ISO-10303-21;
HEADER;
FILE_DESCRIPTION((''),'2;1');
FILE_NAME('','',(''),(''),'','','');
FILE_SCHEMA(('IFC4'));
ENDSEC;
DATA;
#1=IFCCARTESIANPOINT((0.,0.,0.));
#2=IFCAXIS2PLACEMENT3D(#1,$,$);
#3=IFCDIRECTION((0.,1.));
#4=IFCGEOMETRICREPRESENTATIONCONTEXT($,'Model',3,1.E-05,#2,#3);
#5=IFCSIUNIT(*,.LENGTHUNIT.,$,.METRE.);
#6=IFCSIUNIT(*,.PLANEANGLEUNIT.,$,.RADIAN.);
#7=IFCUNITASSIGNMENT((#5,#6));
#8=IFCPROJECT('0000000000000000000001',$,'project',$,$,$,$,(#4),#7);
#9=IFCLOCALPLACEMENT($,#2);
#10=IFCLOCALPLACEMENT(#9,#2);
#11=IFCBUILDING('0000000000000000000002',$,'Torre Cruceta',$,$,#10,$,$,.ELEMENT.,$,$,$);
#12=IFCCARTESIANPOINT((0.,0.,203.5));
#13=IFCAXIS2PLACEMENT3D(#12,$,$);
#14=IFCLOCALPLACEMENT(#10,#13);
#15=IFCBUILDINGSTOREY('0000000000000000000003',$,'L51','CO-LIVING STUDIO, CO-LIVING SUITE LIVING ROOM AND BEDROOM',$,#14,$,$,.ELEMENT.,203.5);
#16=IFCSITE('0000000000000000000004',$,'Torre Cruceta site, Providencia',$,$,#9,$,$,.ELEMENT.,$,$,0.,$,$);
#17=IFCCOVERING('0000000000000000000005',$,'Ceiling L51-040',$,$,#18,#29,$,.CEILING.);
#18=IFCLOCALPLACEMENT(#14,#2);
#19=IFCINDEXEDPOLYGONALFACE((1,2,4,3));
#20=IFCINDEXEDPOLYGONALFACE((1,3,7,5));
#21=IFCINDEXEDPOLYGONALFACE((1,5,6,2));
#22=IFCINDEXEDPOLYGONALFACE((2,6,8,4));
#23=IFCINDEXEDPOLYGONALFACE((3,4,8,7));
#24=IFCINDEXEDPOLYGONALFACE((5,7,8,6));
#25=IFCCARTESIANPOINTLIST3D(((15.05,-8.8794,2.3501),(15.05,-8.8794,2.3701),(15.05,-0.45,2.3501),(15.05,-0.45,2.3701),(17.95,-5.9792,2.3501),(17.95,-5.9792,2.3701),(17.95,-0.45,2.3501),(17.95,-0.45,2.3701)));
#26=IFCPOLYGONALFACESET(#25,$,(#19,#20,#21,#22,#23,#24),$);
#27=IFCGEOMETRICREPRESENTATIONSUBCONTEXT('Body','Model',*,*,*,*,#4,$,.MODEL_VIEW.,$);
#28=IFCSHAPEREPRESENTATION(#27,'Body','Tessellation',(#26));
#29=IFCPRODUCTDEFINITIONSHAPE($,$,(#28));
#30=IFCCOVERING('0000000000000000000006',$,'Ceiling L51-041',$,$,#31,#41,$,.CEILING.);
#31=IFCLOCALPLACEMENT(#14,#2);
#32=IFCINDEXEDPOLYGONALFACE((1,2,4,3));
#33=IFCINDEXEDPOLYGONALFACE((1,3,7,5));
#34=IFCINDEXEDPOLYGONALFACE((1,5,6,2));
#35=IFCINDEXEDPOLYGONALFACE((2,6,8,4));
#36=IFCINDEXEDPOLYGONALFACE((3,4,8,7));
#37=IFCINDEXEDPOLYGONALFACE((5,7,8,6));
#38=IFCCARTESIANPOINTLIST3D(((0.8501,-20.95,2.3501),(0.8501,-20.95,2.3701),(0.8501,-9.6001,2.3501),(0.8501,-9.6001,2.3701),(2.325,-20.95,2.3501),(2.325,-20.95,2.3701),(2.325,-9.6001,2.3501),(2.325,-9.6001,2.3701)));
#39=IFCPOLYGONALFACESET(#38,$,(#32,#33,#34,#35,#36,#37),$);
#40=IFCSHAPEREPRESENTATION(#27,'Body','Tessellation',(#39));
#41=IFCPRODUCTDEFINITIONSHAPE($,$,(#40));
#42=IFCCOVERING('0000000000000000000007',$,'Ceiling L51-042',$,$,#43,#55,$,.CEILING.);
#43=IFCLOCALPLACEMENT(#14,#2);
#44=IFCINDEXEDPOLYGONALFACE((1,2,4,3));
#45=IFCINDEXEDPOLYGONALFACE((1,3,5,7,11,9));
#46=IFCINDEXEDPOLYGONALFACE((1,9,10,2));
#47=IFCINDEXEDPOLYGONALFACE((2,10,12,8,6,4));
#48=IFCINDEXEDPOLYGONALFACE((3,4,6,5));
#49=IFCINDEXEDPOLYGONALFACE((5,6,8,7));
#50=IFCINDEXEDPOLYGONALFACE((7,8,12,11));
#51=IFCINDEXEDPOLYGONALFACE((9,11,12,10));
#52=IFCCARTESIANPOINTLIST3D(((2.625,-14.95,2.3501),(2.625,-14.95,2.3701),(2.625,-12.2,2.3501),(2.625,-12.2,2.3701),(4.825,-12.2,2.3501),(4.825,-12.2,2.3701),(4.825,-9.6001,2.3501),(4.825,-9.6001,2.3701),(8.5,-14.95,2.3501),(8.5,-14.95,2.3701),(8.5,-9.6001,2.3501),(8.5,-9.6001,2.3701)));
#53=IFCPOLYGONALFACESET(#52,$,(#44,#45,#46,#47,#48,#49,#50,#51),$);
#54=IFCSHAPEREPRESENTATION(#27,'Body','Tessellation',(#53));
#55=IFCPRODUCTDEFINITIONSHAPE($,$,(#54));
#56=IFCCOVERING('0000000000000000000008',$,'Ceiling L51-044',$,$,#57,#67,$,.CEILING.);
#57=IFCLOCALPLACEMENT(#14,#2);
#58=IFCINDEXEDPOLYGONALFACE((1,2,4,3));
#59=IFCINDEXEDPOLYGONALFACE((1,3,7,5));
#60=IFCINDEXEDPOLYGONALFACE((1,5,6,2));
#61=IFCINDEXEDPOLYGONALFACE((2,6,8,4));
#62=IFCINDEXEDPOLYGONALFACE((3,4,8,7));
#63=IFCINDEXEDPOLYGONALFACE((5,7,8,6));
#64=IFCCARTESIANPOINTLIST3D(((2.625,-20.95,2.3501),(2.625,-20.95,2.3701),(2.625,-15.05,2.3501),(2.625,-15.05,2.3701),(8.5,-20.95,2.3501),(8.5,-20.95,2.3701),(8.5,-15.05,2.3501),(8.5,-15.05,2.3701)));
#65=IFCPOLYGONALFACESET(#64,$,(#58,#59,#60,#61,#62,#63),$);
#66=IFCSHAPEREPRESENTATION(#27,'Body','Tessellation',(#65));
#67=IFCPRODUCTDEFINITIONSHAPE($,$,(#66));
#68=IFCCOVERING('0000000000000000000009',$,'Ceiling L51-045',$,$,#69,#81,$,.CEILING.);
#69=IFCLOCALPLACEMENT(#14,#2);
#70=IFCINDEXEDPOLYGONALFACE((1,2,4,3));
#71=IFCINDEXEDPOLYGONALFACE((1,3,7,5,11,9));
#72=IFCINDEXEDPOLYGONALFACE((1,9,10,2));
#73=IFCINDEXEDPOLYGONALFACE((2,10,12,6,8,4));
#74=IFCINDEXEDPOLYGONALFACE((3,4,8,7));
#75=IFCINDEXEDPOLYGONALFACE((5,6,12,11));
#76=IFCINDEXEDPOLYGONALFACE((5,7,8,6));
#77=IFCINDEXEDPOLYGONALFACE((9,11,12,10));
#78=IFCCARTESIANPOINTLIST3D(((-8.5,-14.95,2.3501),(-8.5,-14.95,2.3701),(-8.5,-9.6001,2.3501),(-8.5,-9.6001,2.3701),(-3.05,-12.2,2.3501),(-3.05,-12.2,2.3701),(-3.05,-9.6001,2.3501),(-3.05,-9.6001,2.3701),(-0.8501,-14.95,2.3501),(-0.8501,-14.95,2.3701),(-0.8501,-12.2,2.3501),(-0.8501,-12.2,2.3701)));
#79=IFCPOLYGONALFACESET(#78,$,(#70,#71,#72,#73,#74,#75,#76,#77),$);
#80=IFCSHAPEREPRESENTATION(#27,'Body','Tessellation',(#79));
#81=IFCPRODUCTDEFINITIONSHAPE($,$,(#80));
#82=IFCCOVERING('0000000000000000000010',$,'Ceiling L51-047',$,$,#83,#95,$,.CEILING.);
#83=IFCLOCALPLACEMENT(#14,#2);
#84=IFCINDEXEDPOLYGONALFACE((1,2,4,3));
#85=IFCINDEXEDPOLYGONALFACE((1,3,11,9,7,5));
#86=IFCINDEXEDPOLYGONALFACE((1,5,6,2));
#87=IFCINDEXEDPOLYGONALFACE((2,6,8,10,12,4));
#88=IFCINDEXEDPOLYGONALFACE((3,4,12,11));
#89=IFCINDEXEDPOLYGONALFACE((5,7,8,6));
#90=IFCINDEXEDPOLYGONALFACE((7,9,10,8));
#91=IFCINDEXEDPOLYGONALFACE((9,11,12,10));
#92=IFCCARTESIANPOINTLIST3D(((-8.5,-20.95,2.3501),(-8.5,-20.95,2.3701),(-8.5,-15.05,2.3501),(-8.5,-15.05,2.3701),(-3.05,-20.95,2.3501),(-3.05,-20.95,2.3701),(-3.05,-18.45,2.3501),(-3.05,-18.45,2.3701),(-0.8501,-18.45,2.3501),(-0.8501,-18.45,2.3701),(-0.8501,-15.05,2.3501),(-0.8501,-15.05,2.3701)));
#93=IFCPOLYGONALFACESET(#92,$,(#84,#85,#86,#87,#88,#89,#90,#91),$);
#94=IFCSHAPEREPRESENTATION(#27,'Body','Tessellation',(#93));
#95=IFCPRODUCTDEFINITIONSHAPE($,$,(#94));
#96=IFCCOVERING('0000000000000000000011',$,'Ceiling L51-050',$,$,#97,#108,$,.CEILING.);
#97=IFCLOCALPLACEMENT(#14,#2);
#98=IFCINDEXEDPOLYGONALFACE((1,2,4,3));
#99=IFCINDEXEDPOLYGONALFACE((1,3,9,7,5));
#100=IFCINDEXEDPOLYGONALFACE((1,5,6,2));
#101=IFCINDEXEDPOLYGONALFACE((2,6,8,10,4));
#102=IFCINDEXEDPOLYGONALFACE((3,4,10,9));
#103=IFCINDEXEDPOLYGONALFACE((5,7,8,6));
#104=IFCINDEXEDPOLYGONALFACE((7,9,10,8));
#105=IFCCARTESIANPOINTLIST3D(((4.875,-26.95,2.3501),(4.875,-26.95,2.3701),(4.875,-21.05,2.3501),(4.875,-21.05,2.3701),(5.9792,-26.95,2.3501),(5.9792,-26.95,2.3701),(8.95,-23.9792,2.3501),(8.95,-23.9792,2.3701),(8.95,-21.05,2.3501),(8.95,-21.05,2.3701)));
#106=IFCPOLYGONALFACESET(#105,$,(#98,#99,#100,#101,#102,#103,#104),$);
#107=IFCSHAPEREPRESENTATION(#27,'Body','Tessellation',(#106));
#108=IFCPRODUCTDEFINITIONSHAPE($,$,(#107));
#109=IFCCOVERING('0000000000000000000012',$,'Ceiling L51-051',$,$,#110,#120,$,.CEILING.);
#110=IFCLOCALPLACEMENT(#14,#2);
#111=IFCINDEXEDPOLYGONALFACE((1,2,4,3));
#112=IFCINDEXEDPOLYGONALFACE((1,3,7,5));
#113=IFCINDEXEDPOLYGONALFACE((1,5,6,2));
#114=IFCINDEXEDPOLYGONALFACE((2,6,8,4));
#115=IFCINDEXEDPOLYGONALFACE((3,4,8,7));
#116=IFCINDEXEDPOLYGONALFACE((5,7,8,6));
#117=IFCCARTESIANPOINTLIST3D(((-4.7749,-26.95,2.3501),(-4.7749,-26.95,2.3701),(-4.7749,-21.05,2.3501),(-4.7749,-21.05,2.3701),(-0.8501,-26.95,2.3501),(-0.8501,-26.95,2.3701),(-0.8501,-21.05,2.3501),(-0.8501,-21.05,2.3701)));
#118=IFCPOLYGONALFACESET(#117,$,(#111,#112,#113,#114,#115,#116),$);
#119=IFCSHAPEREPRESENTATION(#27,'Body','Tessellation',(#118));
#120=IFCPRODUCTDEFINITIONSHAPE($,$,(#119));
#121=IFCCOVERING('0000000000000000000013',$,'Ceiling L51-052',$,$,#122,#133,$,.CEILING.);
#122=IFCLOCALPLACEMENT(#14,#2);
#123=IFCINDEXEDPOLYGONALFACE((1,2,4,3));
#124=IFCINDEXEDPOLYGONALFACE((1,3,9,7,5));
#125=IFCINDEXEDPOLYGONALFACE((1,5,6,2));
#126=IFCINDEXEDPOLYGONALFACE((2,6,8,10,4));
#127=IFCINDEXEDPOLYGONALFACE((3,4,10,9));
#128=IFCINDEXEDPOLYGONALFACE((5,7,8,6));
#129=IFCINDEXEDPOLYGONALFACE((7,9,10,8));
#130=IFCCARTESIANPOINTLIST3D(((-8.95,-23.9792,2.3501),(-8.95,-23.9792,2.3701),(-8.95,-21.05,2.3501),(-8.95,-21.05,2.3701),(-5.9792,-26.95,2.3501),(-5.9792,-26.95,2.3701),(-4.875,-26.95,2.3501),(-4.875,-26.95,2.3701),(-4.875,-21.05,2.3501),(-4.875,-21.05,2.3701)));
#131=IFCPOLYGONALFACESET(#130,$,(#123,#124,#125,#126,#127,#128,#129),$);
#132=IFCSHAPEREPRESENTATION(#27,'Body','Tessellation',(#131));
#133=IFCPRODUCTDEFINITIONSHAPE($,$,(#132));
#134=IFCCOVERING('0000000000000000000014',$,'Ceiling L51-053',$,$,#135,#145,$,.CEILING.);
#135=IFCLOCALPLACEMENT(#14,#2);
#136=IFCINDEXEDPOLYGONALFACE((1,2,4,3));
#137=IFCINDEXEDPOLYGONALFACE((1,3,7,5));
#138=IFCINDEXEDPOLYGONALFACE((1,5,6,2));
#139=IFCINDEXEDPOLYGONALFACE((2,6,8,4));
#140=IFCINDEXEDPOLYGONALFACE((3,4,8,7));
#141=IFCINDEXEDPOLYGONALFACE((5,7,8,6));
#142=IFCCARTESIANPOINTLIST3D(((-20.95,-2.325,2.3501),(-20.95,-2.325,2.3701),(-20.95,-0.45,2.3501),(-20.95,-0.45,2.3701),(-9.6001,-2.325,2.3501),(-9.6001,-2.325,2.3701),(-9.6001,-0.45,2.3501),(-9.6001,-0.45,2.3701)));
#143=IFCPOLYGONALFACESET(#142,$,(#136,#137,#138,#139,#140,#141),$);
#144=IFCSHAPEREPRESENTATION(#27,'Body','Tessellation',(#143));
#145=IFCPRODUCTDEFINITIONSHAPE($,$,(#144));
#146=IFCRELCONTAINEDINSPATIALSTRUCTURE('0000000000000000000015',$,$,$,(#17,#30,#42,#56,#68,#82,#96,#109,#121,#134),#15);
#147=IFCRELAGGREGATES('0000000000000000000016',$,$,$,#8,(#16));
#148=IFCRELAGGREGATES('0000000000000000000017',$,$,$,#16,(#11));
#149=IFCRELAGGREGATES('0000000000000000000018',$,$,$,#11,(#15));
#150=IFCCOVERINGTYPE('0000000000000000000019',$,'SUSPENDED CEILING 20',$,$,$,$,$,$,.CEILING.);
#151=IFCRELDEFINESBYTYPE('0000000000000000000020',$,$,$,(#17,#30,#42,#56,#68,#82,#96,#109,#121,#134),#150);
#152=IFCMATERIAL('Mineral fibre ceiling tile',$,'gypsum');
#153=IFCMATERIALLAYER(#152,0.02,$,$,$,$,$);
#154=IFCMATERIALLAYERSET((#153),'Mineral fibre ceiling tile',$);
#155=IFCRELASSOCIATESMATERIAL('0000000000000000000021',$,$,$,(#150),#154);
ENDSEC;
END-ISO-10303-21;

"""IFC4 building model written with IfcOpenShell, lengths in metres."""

from ifc_helpers import new_model, si_unit, direction, frame, origin, place, context, subcontext, project, spatial, polyline, outline, extrude, material, layer, layer_set, type_object, element, save


model = new_model("IFC4")

# Units and contexts
model_context = context("Model", 3, precision=1e-05, world=origin(), true_north=direction((0.0, 1.0)))
body_context = subcontext(model_context, "Body", "Model", "MODEL_VIEW")
ifc_project = project(units=[si_unit("LENGTHUNIT", "METRE"), si_unit("PLANEANGLEUNIT", "RADIAN")], contexts=[model_context])

# Site, building, storey
site_placement = place(None, origin())
site = spatial("IfcSite", under=ifc_project, at=site_placement, Name="Torre Cruceta site, Providencia", CompositionType="ELEMENT", RefElevation=0.0)
building_placement = place(site_placement, origin())
building = spatial("IfcBuilding", under=site, at=building_placement, Name="Torre Cruceta", CompositionType="ELEMENT")
storey_placement = place(building_placement, frame((0.0, 0.0, 203.5)))
storey = spatial("IfcBuildingStorey", under=building, at=storey_placement, Name="L51", Description="CO-LIVING STUDIO, CO-LIVING SUITE LIVING ROOM AND BEDROOM", CompositionType="ELEMENT", Elevation=203.5)

# Coverings
ifc_material_1 = material(Name="Mineral fibre ceiling tile", Category="gypsum")
ifc_layer_1 = layer(ifc_material_1, 0.02)
ifc_layer_set_1 = layer_set([ifc_layer_1], Name="Mineral fibre ceiling tile")
covering_type_1 = type_object("IfcCoveringType", Name="SUSPENDED CEILING 20", PredefinedType="CEILING", material=ifc_layer_set_1)
covering_1_placement = place(storey_placement, frame((0.0, 0.0, 2.3501)))
element("IfcCovering", 1, at=covering_1_placement, inside=storey, type_object=covering_type_1, Name="Ceiling L51-040", PredefinedType="CEILING", context=body_context, shape_type="SweptSolid", body=[
    extrude(outline(polyline([(15.05, -8.8794), (15.05, -0.45), (17.95, -0.45), (17.95, -5.9792), (15.05, -8.8794)])), origin(), (0.0, 0.0, 1.0), 0.02),
])
covering_2_placement = place(storey_placement, frame((0.0, 0.0, 2.3501)))
element("IfcCovering", 2, at=covering_2_placement, inside=storey, type_object=covering_type_1, Name="Ceiling L51-041", PredefinedType="CEILING", context=body_context, shape_type="SweptSolid", body=[
    extrude(outline(polyline([(0.8501, -9.6001), (2.325, -9.6001), (2.325, -20.95), (0.8501, -20.95), (0.8501, -9.6001)])), origin(), (0.0, 0.0, 1.0), 0.02),
])
covering_3_placement = place(storey_placement, frame((0.0, 0.0, 2.3501)))
element("IfcCovering", 3, at=covering_3_placement, inside=storey, type_object=covering_type_1, Name="Ceiling L51-042", PredefinedType="CEILING", context=body_context, shape_type="SweptSolid", body=[
    extrude(outline(polyline([(8.5, -9.6001), (8.5, -14.95), (2.625, -14.95), (2.625, -12.2), (4.825, -12.2), (4.825, -9.6001), (8.5, -9.6001)])), origin(), (0.0, 0.0, 1.0), 0.02),
])
covering_4_placement = place(storey_placement, frame((0.0, 0.0, 2.3501)))
element("IfcCovering", 4, at=covering_4_placement, inside=storey, type_object=covering_type_1, Name="Ceiling L51-044", PredefinedType="CEILING", context=body_context, shape_type="SweptSolid", body=[
    extrude(outline(polyline([(2.625, -15.05), (8.5, -15.05), (8.5, -20.95), (2.625, -20.95), (2.625, -15.05)])), origin(), (0.0, 0.0, 1.0), 0.02),
])
covering_5_placement = place(storey_placement, frame((0.0, 0.0, 2.3501)))
element("IfcCovering", 5, at=covering_5_placement, inside=storey, type_object=covering_type_1, Name="Ceiling L51-045", PredefinedType="CEILING", context=body_context, shape_type="SweptSolid", body=[
    extrude(outline(polyline([(-0.8501, -14.95), (-8.5, -14.95), (-8.5, -9.6001), (-3.05, -9.6001), (-3.05, -12.2), (-0.8501, -12.2), (-0.8501, -14.95)])), origin(), (0.0, 0.0, 1.0), 0.02),
])
covering_6_placement = place(storey_placement, frame((0.0, 0.0, 2.3501)))
element("IfcCovering", 6, at=covering_6_placement, inside=storey, type_object=covering_type_1, Name="Ceiling L51-047", PredefinedType="CEILING", context=body_context, shape_type="SweptSolid", body=[
    extrude(outline(polyline([(-8.5, -20.95), (-8.5, -15.05), (-0.8501, -15.05), (-0.8501, -18.45), (-3.05, -18.45), (-3.05, -20.95), (-8.5, -20.95)])), origin(), (0.0, 0.0, 1.0), 0.02),
])
covering_7_placement = place(storey_placement, frame((0.0, 0.0, 2.3501)))
element("IfcCovering", 7, at=covering_7_placement, inside=storey, type_object=covering_type_1, Name="Ceiling L51-050", PredefinedType="CEILING", context=body_context, shape_type="SweptSolid", body=[
    extrude(outline(polyline([(8.95, -23.9792), (5.9792, -26.95), (4.875, -26.95), (4.875, -21.05), (8.95, -21.05), (8.95, -23.9792)])), origin(), (0.0, 0.0, 1.0), 0.02),
])
covering_8_placement = place(storey_placement, frame((0.0, 0.0, 2.3501)))
element("IfcCovering", 8, at=covering_8_placement, inside=storey, type_object=covering_type_1, Name="Ceiling L51-051", PredefinedType="CEILING", context=body_context, shape_type="SweptSolid", body=[
    extrude(outline(polyline([(-4.7749, -26.95), (-4.7749, -21.05), (-0.8501, -21.05), (-0.8501, -26.95), (-4.7749, -26.95)])), origin(), (0.0, 0.0, 1.0), 0.02),
])
covering_9_placement = place(storey_placement, frame((0.0, 0.0, 2.3501)))
element("IfcCovering", 9, at=covering_9_placement, inside=storey, type_object=covering_type_1, Name="Ceiling L51-052", PredefinedType="CEILING", context=body_context, shape_type="SweptSolid", body=[
    extrude(outline(polyline([(-8.95, -23.9792), (-8.95, -21.05), (-4.875, -21.05), (-4.875, -26.95), (-5.9792, -26.95), (-8.95, -23.9792)])), origin(), (0.0, 0.0, 1.0), 0.02),
])
covering_10_placement = place(storey_placement, frame((0.0, 0.0, 2.3501)))
element("IfcCovering", 10, at=covering_10_placement, inside=storey, type_object=covering_type_1, Name="Ceiling L51-053", PredefinedType="CEILING", context=body_context, shape_type="SweptSolid", body=[
    extrude(outline(polyline([(-9.6001, -0.45), (-9.6001, -2.325), (-20.95, -2.325), (-20.95, -0.45), (-9.6001, -0.45)])), origin(), (0.0, 0.0, 1.0), 0.02),
])

save(model, "model.ifc")
